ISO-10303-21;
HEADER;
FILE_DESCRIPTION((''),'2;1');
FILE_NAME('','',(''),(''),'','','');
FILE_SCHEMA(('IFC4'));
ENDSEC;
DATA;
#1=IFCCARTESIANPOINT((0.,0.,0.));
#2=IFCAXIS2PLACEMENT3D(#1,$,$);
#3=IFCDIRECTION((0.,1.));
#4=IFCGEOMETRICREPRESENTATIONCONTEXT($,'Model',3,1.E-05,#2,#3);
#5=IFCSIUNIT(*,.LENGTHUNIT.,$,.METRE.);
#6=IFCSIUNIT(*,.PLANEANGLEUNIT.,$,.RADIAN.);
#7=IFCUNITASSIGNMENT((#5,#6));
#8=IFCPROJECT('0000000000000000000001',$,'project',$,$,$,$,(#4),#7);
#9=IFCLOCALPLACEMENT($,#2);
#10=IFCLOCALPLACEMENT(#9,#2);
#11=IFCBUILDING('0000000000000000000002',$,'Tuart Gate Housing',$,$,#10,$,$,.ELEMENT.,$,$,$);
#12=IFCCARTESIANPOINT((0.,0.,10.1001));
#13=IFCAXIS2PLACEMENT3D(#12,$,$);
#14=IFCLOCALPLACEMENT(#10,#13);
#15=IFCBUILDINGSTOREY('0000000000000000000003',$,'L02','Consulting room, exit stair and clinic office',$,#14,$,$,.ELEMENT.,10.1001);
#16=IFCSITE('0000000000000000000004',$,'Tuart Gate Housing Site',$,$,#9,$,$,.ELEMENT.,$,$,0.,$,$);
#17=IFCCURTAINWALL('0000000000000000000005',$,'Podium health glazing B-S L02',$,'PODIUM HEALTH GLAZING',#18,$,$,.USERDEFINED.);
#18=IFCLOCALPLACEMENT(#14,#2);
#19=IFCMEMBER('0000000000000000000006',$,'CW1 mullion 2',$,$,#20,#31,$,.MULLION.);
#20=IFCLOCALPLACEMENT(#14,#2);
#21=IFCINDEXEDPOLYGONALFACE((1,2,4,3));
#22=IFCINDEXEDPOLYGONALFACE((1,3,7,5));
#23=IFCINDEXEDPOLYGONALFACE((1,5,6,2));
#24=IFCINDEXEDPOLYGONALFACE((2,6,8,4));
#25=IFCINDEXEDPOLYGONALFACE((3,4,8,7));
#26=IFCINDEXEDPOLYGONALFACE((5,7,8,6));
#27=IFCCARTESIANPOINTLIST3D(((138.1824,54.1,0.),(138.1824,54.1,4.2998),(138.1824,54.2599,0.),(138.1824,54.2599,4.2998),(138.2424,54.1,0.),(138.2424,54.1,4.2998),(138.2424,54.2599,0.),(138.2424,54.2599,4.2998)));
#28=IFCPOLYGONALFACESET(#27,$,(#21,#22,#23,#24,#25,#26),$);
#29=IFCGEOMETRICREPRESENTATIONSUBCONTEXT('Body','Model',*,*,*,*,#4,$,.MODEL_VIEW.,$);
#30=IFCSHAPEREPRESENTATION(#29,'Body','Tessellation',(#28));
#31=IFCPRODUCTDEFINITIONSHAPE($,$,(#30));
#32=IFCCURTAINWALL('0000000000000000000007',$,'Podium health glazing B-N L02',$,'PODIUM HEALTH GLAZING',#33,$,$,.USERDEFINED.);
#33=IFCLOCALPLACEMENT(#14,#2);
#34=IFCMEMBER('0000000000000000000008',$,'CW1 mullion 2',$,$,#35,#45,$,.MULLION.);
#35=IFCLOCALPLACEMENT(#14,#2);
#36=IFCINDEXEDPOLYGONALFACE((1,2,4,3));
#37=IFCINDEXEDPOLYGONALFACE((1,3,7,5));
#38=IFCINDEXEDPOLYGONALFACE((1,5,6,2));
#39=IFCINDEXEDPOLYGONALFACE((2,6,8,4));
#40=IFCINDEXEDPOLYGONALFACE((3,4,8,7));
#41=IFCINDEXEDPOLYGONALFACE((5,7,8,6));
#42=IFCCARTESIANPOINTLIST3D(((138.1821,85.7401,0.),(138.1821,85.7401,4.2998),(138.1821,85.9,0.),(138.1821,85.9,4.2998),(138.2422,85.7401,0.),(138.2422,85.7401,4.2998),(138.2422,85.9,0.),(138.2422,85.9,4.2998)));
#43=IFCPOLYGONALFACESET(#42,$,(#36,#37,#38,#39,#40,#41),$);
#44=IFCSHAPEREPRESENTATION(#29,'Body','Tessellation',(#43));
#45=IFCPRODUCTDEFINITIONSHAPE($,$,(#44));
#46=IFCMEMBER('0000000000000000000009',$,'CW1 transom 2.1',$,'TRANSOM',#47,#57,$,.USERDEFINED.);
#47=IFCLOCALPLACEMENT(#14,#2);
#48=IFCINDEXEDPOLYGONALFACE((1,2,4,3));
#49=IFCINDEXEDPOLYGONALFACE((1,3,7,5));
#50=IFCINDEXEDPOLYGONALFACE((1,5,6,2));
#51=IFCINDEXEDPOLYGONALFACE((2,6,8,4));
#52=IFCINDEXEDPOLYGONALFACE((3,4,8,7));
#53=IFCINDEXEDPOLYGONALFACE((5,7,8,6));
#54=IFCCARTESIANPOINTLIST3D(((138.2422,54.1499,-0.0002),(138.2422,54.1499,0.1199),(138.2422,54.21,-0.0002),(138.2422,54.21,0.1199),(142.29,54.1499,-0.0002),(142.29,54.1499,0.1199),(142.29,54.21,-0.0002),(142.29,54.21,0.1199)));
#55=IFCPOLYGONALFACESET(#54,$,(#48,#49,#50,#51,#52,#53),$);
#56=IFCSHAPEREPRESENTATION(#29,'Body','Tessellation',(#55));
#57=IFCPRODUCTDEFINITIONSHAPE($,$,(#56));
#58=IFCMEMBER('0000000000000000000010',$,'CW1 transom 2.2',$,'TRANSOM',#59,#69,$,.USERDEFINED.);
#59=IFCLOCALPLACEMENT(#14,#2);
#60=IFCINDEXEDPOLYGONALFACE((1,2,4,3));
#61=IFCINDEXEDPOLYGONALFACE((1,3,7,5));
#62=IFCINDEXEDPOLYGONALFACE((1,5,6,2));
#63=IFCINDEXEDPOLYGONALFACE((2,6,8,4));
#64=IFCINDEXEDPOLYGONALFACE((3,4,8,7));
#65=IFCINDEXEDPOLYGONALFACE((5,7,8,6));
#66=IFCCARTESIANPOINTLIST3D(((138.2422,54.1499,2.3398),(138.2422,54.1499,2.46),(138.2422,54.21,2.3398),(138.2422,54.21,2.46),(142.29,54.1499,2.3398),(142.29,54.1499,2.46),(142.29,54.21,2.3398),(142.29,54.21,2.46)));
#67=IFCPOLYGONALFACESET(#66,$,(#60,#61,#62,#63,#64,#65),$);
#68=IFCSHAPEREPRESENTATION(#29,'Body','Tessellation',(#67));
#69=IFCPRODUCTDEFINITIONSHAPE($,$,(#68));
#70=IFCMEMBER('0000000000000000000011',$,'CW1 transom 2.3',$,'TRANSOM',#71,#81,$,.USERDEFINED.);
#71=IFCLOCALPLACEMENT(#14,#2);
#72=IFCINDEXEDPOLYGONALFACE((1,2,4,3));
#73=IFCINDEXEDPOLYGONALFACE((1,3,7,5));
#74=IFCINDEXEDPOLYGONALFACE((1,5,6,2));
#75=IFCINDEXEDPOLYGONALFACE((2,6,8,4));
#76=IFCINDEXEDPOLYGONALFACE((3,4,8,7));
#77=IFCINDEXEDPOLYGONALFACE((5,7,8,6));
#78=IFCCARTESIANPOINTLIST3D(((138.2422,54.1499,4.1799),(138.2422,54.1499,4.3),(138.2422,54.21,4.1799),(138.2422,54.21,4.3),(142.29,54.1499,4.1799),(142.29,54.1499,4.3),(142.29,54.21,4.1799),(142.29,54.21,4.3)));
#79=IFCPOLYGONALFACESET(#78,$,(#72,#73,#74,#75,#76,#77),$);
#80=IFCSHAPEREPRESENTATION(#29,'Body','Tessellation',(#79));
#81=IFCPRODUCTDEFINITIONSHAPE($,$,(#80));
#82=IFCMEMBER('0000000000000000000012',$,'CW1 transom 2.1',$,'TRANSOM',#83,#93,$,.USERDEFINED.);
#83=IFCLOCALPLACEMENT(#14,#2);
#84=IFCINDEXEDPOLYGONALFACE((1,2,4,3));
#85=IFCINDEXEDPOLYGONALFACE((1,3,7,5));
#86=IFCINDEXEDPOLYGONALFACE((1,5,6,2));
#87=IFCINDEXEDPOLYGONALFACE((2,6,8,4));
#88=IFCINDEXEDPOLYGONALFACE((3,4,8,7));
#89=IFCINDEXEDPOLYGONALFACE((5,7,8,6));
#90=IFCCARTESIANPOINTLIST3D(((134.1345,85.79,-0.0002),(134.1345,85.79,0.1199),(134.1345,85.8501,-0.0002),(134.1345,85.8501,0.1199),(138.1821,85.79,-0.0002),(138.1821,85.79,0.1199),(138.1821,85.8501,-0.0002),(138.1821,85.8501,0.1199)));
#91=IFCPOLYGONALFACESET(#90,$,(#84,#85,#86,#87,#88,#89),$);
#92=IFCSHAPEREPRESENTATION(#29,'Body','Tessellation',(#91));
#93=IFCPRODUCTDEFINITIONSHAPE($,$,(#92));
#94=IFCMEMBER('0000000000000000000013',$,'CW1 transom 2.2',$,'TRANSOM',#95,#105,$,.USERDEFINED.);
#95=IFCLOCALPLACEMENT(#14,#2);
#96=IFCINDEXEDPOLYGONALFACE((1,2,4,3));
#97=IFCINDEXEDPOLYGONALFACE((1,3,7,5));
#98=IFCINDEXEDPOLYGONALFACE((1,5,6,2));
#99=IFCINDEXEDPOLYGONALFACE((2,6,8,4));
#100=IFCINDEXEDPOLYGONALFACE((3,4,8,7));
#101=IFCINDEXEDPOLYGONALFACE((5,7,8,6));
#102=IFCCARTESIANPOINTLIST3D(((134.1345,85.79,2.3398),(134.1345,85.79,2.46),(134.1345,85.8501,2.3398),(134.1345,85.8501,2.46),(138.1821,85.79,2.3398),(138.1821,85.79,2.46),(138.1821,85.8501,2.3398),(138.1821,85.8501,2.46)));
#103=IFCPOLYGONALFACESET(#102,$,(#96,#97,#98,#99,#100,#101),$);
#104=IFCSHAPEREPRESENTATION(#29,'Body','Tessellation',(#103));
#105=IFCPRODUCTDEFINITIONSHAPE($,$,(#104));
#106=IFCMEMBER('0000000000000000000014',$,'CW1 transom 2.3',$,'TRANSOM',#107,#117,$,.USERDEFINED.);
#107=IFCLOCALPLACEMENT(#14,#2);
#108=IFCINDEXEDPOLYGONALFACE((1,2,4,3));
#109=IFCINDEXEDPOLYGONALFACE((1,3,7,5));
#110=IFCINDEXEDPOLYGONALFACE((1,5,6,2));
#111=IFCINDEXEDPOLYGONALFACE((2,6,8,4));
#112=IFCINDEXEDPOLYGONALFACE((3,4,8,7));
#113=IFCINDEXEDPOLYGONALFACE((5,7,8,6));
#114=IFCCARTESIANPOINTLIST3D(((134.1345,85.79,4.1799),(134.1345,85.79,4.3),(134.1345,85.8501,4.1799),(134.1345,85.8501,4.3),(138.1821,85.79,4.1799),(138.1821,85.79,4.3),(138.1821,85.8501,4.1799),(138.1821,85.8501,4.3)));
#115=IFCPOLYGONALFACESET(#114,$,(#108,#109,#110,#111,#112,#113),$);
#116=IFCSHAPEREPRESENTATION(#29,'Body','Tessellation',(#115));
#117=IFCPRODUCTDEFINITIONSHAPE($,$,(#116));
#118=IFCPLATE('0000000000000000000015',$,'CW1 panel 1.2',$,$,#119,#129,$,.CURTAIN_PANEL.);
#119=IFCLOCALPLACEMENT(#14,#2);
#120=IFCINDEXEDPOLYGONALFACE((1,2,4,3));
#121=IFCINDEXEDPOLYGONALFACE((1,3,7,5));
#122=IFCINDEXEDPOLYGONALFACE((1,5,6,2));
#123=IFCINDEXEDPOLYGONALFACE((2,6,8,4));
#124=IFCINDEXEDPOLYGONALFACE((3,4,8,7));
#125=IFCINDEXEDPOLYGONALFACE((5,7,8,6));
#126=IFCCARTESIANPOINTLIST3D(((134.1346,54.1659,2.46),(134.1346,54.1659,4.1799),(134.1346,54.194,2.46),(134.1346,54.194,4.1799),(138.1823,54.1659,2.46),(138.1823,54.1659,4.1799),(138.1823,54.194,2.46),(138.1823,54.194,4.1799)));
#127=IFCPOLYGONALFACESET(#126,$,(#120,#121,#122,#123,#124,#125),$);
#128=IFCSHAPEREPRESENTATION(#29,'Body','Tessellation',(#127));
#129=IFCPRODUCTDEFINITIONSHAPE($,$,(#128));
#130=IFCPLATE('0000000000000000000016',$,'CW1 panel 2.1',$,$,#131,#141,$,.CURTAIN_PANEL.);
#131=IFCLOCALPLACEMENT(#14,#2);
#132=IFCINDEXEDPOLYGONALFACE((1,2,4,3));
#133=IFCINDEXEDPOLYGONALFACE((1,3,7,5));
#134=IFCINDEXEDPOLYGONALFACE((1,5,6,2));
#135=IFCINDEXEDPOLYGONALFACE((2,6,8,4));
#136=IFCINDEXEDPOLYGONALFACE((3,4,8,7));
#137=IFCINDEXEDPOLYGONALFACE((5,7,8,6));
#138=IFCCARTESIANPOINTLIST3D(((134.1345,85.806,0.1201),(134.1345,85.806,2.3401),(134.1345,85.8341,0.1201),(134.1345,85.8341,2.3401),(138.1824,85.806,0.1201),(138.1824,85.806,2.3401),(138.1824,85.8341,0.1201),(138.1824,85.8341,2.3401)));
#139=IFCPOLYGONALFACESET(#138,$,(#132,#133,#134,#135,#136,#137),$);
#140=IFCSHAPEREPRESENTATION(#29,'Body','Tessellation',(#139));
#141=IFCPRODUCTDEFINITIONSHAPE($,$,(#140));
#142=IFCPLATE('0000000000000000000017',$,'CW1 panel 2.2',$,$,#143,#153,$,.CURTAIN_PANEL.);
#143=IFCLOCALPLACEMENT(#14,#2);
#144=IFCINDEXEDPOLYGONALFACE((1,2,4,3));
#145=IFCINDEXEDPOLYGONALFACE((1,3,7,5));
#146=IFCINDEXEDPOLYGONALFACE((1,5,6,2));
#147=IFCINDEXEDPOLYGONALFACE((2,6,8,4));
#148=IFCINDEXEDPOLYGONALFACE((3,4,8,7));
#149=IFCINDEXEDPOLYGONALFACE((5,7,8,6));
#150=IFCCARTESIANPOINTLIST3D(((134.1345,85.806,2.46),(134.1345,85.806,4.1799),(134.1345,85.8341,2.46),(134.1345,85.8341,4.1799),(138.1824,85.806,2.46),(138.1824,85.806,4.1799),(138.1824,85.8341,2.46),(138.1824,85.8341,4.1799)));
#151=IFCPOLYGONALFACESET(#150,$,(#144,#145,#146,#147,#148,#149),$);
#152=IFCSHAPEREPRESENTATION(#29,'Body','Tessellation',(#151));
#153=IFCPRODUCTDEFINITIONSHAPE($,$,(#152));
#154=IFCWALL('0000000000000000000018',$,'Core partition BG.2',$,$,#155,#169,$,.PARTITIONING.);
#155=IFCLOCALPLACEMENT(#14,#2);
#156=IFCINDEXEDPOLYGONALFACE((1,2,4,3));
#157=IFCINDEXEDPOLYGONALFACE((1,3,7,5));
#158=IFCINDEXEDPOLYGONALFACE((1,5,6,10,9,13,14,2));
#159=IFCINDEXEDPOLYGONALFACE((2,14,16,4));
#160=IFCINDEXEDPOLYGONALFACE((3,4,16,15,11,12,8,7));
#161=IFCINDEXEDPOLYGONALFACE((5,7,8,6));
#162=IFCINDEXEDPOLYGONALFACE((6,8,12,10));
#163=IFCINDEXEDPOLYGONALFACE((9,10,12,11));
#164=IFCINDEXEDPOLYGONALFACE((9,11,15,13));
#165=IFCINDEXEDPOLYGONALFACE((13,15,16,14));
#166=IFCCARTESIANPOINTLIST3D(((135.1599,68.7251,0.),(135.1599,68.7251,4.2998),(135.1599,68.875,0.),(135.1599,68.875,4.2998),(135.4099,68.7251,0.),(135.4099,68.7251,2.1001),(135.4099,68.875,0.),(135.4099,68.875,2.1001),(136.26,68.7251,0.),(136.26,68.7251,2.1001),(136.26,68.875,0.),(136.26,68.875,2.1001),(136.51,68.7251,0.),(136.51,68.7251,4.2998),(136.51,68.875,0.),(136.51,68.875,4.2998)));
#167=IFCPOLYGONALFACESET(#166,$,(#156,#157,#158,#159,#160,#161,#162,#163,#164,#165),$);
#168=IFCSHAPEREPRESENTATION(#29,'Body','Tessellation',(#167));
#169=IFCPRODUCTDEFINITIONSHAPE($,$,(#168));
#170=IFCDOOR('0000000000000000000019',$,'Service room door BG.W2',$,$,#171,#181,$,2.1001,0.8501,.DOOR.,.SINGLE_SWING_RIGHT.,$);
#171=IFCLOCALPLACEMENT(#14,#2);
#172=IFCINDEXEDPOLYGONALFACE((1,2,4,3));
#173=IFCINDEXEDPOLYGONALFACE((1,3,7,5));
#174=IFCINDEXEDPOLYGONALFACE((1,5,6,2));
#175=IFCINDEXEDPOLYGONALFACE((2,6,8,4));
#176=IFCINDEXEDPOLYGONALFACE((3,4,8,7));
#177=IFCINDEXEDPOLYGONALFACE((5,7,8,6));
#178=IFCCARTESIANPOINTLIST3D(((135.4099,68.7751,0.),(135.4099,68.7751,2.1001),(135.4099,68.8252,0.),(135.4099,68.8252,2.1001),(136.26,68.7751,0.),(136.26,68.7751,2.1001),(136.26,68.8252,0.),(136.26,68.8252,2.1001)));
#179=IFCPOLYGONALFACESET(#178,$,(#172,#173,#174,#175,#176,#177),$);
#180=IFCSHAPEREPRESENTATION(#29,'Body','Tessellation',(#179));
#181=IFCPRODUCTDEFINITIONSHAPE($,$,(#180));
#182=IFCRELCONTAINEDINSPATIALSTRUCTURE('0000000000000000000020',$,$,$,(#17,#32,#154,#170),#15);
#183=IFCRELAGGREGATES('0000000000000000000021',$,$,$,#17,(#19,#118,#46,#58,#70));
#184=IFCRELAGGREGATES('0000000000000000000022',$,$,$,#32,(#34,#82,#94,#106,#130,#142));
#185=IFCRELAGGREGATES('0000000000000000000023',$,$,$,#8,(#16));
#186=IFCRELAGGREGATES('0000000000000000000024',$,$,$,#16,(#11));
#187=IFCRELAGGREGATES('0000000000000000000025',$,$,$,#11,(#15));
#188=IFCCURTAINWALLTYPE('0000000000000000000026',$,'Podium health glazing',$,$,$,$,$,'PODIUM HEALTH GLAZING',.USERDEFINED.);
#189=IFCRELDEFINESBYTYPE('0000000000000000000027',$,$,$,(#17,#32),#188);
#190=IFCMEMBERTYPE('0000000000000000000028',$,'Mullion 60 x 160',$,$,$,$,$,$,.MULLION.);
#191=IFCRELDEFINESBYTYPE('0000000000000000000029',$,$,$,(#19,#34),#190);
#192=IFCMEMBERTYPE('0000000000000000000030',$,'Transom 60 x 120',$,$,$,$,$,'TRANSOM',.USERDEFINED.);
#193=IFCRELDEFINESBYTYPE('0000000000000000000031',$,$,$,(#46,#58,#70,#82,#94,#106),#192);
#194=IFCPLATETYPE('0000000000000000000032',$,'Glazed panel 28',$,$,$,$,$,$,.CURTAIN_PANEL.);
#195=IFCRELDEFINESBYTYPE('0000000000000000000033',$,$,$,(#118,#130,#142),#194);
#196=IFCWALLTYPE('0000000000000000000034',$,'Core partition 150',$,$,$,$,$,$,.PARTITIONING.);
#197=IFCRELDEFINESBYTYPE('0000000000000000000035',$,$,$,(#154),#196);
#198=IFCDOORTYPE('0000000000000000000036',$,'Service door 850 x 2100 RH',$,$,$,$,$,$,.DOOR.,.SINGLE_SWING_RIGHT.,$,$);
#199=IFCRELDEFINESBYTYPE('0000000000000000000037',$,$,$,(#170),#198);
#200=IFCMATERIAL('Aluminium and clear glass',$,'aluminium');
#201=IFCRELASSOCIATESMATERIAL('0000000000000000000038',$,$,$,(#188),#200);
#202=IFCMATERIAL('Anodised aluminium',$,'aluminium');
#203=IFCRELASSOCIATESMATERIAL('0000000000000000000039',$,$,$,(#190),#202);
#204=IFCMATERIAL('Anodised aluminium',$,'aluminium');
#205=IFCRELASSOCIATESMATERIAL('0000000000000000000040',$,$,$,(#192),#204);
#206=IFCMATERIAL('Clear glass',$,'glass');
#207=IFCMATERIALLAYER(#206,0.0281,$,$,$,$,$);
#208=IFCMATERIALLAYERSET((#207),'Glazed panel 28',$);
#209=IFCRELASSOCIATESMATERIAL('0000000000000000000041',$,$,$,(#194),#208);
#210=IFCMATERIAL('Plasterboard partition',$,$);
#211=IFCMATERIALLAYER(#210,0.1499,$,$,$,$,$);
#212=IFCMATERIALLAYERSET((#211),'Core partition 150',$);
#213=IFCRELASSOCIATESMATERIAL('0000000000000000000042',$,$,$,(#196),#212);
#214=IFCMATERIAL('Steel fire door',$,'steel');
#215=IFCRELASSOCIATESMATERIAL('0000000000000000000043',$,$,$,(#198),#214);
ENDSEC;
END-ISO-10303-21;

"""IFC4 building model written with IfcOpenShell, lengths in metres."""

from ifc_helpers import new_model, si_unit, direction, frame, frame_2d, origin, origin_2d, place, context, subcontext, project, spatial, rectangle, extrude, material, layer, layer_set, material_profile, profile_set, type_object, element, fill, aggregate, save


model = new_model("IFC4")

# Units and contexts
model_context = context("Model", 3, precision=1e-05, world=origin(), true_north=direction((0.0, 1.0)))
body_context = subcontext(model_context, "Body", "Model", "MODEL_VIEW")
ifc_project = project(units=[si_unit("LENGTHUNIT", "METRE"), si_unit("PLANEANGLEUNIT", "RADIAN")], contexts=[model_context])

# Site, building, storey
site_placement = place(None, origin())
site = spatial("IfcSite", under=ifc_project, at=site_placement, Name="Tuart Gate Housing Site", CompositionType="ELEMENT", RefElevation=0.0)
building_placement = place(site_placement, origin())
building = spatial("IfcBuilding", under=site, at=building_placement, Name="Tuart Gate Housing", CompositionType="ELEMENT")
storey_placement = place(building_placement, frame((0.0, 0.0, 10.1001)))
storey = spatial("IfcBuildingStorey", under=building, at=storey_placement, Name="L02", Description="Consulting room, exit stair and clinic office", CompositionType="ELEMENT", Elevation=10.1001)

# Curtain walls, members
ifc_material_1 = material(Name="Aluminium and clear glass", Category="aluminium")
curtain_wall_type = type_object("IfcCurtainWallType", Name="Podium health glazing", ElementType="PODIUM HEALTH GLAZING", PredefinedType="USERDEFINED", material=ifc_material_1)
curtain_wall_1_placement = place(storey_placement, origin())
curtain_wall_1 = element("IfcCurtainWall", 1, at=curtain_wall_1_placement, inside=storey, type_object=curtain_wall_type, Name="Podium health glazing B-S L02", ObjectType="PODIUM HEALTH GLAZING", PredefinedType="USERDEFINED")
ifc_material_2 = material(Name="Anodised aluminium", Category="aluminium")
ifc_material_profile_1 = material_profile(ifc_material_2, rectangle(XDim=0.0601, YDim=0.1599, at=origin_2d()), Name="60x160")
ifc_profile_set_1 = profile_set([ifc_material_profile_1], Name="Anodised aluminium")
member_type_1 = type_object("IfcMemberType", Name="Mullion 60 x 160", PredefinedType="MULLION", material=ifc_profile_set_1)
member_1_placement = place(storey_placement, frame((138.2124, 54.1799, 0.0), z_axis=(0.0, 0.0, 1.0), x_axis=(1.0, 0.0, 0.0)))
member_1 = element("IfcMember", 2, at=member_1_placement, type_object=member_type_1, Name="CW1 mullion 2", PredefinedType="MULLION", context=body_context, shape_type="SweptSolid", body=[
    extrude(rectangle(XDim=0.0601, YDim=0.1599, at=origin_2d()), origin(), (0.0, 0.0, 1.0), 4.2998),
])
curtain_wall_2_placement = place(storey_placement, origin())
curtain_wall_2 = element("IfcCurtainWall", 3, at=curtain_wall_2_placement, inside=storey, type_object=curtain_wall_type, Name="Podium health glazing B-N L02", ObjectType="PODIUM HEALTH GLAZING", PredefinedType="USERDEFINED")
member_2_placement = place(storey_placement, frame((138.2122, 85.8201, 0.0), z_axis=(0.0, 0.0, 1.0), x_axis=(-1.0, 0.0, 0.0)))
member_2 = element("IfcMember", 4, at=member_2_placement, type_object=member_type_1, Name="CW1 mullion 2", PredefinedType="MULLION", context=body_context, shape_type="SweptSolid", body=[
    extrude(rectangle(XDim=0.0601, YDim=0.1599, at=origin_2d()), origin(), (0.0, 0.0, 1.0), 4.2998),
])

# Members
ifc_material_3 = material(Name="Anodised aluminium", Category="aluminium")
ifc_material_profile_2 = material_profile(ifc_material_3, rectangle(XDim=0.0601, YDim=0.1201, at=origin_2d()), Name="60x120")
ifc_profile_set_2 = profile_set([ifc_material_profile_2], Name="Anodised aluminium")
member_type_2 = type_object("IfcMemberType", Name="Transom 60 x 120", ElementType="TRANSOM", PredefinedType="USERDEFINED", material=ifc_profile_set_2)
member_3_placement = place(storey_placement, frame((138.2422, 54.1799, 0.0598), z_axis=(1.0, 0.0, 0.0), x_axis=(0.0, 1.0, 0.0)))
member_3 = element("IfcMember", 5, at=member_3_placement, type_object=member_type_2, Name="CW1 transom 2.1", ObjectType="TRANSOM", PredefinedType="USERDEFINED", context=body_context, shape_type="SweptSolid", body=[
    extrude(rectangle(XDim=0.0601, YDim=0.1201, at=origin_2d()), origin(), (0.0, 0.0, 1.0), 4.0479),
])
member_4_placement = place(storey_placement, frame((138.2422, 54.1799, 2.3999), z_axis=(1.0, 0.0, 0.0), x_axis=(0.0, 1.0, 0.0)))
member_4 = element("IfcMember", 6, at=member_4_placement, type_object=member_type_2, Name="CW1 transom 2.2", ObjectType="TRANSOM", PredefinedType="USERDEFINED", context=body_context, shape_type="SweptSolid", body=[
    extrude(rectangle(XDim=0.0601, YDim=0.1201, at=origin_2d()), origin(), (0.0, 0.0, 1.0), 4.0479),
])
member_5_placement = place(storey_placement, frame((138.2422, 54.1799, 4.24), z_axis=(1.0, 0.0, 0.0), x_axis=(0.0, 1.0, 0.0)))
member_5 = element("IfcMember", 7, at=member_5_placement, type_object=member_type_2, Name="CW1 transom 2.3", ObjectType="TRANSOM", PredefinedType="USERDEFINED", context=body_context, shape_type="SweptSolid", body=[
    extrude(rectangle(XDim=0.0601, YDim=0.1201, at=origin_2d()), origin(), (0.0, 0.0, 1.0), 4.0479),
])
member_6_placement = place(storey_placement, frame((138.1821, 85.8201, 0.0598), z_axis=(-1.0, 0.0, 0.0), x_axis=(0.0, -1.0, 0.0)))
member_6 = element("IfcMember", 8, at=member_6_placement, type_object=member_type_2, Name="CW1 transom 2.1", ObjectType="TRANSOM", PredefinedType="USERDEFINED", context=body_context, shape_type="SweptSolid", body=[
    extrude(rectangle(XDim=0.0601, YDim=0.1201, at=origin_2d()), origin(), (0.0, 0.0, 1.0), 4.0476),
])
member_7_placement = place(storey_placement, frame((138.1821, 85.8201, 2.3999), z_axis=(-1.0, 0.0, 0.0), x_axis=(0.0, -1.0, 0.0)))
member_7 = element("IfcMember", 9, at=member_7_placement, type_object=member_type_2, Name="CW1 transom 2.2", ObjectType="TRANSOM", PredefinedType="USERDEFINED", context=body_context, shape_type="SweptSolid", body=[
    extrude(rectangle(XDim=0.0601, YDim=0.1201, at=origin_2d()), origin(), (0.0, 0.0, 1.0), 4.0476),
])
member_8_placement = place(storey_placement, frame((138.1821, 85.8201, 4.24), z_axis=(-1.0, 0.0, 0.0), x_axis=(0.0, -1.0, 0.0)))
member_8 = element("IfcMember", 10, at=member_8_placement, type_object=member_type_2, Name="CW1 transom 2.3", ObjectType="TRANSOM", PredefinedType="USERDEFINED", context=body_context, shape_type="SweptSolid", body=[
    extrude(rectangle(XDim=0.0601, YDim=0.1201, at=origin_2d()), origin(), (0.0, 0.0, 1.0), 4.0476),
])

# Plates
ifc_material_4 = material(Name="Clear glass", Category="glass")
ifc_layer_1 = layer(ifc_material_4, 0.0281)
ifc_layer_set_1 = layer_set([ifc_layer_1], Name="Glazed panel 28")
plate_type = type_object("IfcPlateType", Name="Glazed panel 28", PredefinedType="CURTAIN_PANEL", material=ifc_layer_set_1)
plate_1_placement = place(storey_placement, frame((136.1584, 54.1799, 2.46), z_axis=(0.0, 0.0, 1.0), x_axis=(1.0, 0.0, 0.0)))
plate_1 = element("IfcPlate", 11, at=plate_1_placement, type_object=plate_type, Name="CW1 panel 1.2", PredefinedType="CURTAIN_PANEL", context=body_context, shape_type="SweptSolid", body=[
    extrude(rectangle(XDim=4.0476, YDim=0.0281, at=origin_2d()), origin(), (0.0, 0.0, 1.0), 1.72),
])
aggregate(curtain_wall_1, [member_1, plate_1, member_3, member_4, member_5])
plate_2_placement = place(storey_placement, frame((136.1584, 85.8201, 0.1201), z_axis=(0.0, 0.0, 1.0), x_axis=(-1.0, 0.0, 0.0)))
plate_2 = element("IfcPlate", 12, at=plate_2_placement, type_object=plate_type, Name="CW1 panel 2.1", PredefinedType="CURTAIN_PANEL", context=body_context, shape_type="SweptSolid", body=[
    extrude(rectangle(XDim=4.0479, YDim=0.0281, at=origin_2d()), origin(), (0.0, 0.0, 1.0), 2.22),
])
plate_3_placement = place(storey_placement, frame((136.1584, 85.8201, 2.46), z_axis=(0.0, 0.0, 1.0), x_axis=(-1.0, 0.0, 0.0)))
plate_3 = element("IfcPlate", 13, at=plate_3_placement, type_object=plate_type, Name="CW1 panel 2.2", PredefinedType="CURTAIN_PANEL", context=body_context, shape_type="SweptSolid", body=[
    extrude(rectangle(XDim=4.0479, YDim=0.0281, at=origin_2d()), origin(), (0.0, 0.0, 1.0), 1.72),
])
aggregate(curtain_wall_2, [member_2, member_6, member_7, member_8, plate_2, plate_3])

# Wall, opening, door
ifc_material_5 = material(Name="Plasterboard partition")
ifc_layer_2 = layer(ifc_material_5, 0.1499)
ifc_layer_set_2 = layer_set([ifc_layer_2], Name="Core partition 150")
wall_type_1 = type_object("IfcWallType", Name="Core partition 150", PredefinedType="PARTITIONING", material=ifc_layer_set_2)
wall_1_placement = place(storey_placement, frame((136.51, 68.8, 0.0), z_axis=(0.0, 0.0, 1.0), x_axis=(-1.0, 0.0, 0.0)))
wall_1 = element("IfcWall", 14, at=wall_1_placement, inside=storey, type_object=wall_type_1, Name="Core partition BG.2", PredefinedType="PARTITIONING", context=body_context, shape_type="SweptSolid", body=[
    extrude(rectangle(XDim=1.3501, YDim=0.1499, at=frame_2d((0.675, 0.0))), origin(), (0.0, 0.0, 1.0), 4.2998),
])
opening_1_placement = place(wall_1_placement, frame((0.25, 0.0, 0.0)))
opening_1 = element("IfcOpeningElement", 15, at=opening_1_placement, cuts=wall_1, PredefinedType="OPENING", context=body_context, shape_type="SweptSolid", body=[
    extrude(rectangle(XDim=0.8501, YDim=2.1001, at=frame_2d((0.425, 1.05))), frame((0.0, 0.085, 0.0), z_axis=(0.0, -1.0, 0.0), x_axis=(1.0, 0.0, 0.0)), (0.0, 0.0, 1.0), 0.1699),
])
ifc_material_6 = material(Name="Steel fire door", Category="steel")
door_type_1 = type_object("IfcDoorType", Name="Service door 850 x 2100 RH", OperationType="SINGLE_SWING_RIGHT", PredefinedType="DOOR", material=ifc_material_6)
door_1_placement = place(opening_1_placement, frame((0.8501, 0.0, 0.0), z_axis=(0.0, 0.0, 1.0), x_axis=(-1.0, 0.0, 0.0)))
door_1 = element("IfcDoor", 16, at=door_1_placement, inside=storey, type_object=door_type_1, Name="Service room door BG.W2", OperationType="SINGLE_SWING_RIGHT", OverallHeight=2.1001, OverallWidth=0.8501, PredefinedType="DOOR", context=body_context, shape_type="SweptSolid", body=[
    extrude(rectangle(XDim=0.8501, YDim=2.1001, at=frame_2d((0.425, 1.05))), frame((0.0, 0.0251, 0.0), z_axis=(0.0, -1.0, 0.0), x_axis=(1.0, 0.0, 0.0)), (0.0, 0.0, 1.0), 0.05),
])
fill(opening_1, door_1)

save(model, "model.ifc")
